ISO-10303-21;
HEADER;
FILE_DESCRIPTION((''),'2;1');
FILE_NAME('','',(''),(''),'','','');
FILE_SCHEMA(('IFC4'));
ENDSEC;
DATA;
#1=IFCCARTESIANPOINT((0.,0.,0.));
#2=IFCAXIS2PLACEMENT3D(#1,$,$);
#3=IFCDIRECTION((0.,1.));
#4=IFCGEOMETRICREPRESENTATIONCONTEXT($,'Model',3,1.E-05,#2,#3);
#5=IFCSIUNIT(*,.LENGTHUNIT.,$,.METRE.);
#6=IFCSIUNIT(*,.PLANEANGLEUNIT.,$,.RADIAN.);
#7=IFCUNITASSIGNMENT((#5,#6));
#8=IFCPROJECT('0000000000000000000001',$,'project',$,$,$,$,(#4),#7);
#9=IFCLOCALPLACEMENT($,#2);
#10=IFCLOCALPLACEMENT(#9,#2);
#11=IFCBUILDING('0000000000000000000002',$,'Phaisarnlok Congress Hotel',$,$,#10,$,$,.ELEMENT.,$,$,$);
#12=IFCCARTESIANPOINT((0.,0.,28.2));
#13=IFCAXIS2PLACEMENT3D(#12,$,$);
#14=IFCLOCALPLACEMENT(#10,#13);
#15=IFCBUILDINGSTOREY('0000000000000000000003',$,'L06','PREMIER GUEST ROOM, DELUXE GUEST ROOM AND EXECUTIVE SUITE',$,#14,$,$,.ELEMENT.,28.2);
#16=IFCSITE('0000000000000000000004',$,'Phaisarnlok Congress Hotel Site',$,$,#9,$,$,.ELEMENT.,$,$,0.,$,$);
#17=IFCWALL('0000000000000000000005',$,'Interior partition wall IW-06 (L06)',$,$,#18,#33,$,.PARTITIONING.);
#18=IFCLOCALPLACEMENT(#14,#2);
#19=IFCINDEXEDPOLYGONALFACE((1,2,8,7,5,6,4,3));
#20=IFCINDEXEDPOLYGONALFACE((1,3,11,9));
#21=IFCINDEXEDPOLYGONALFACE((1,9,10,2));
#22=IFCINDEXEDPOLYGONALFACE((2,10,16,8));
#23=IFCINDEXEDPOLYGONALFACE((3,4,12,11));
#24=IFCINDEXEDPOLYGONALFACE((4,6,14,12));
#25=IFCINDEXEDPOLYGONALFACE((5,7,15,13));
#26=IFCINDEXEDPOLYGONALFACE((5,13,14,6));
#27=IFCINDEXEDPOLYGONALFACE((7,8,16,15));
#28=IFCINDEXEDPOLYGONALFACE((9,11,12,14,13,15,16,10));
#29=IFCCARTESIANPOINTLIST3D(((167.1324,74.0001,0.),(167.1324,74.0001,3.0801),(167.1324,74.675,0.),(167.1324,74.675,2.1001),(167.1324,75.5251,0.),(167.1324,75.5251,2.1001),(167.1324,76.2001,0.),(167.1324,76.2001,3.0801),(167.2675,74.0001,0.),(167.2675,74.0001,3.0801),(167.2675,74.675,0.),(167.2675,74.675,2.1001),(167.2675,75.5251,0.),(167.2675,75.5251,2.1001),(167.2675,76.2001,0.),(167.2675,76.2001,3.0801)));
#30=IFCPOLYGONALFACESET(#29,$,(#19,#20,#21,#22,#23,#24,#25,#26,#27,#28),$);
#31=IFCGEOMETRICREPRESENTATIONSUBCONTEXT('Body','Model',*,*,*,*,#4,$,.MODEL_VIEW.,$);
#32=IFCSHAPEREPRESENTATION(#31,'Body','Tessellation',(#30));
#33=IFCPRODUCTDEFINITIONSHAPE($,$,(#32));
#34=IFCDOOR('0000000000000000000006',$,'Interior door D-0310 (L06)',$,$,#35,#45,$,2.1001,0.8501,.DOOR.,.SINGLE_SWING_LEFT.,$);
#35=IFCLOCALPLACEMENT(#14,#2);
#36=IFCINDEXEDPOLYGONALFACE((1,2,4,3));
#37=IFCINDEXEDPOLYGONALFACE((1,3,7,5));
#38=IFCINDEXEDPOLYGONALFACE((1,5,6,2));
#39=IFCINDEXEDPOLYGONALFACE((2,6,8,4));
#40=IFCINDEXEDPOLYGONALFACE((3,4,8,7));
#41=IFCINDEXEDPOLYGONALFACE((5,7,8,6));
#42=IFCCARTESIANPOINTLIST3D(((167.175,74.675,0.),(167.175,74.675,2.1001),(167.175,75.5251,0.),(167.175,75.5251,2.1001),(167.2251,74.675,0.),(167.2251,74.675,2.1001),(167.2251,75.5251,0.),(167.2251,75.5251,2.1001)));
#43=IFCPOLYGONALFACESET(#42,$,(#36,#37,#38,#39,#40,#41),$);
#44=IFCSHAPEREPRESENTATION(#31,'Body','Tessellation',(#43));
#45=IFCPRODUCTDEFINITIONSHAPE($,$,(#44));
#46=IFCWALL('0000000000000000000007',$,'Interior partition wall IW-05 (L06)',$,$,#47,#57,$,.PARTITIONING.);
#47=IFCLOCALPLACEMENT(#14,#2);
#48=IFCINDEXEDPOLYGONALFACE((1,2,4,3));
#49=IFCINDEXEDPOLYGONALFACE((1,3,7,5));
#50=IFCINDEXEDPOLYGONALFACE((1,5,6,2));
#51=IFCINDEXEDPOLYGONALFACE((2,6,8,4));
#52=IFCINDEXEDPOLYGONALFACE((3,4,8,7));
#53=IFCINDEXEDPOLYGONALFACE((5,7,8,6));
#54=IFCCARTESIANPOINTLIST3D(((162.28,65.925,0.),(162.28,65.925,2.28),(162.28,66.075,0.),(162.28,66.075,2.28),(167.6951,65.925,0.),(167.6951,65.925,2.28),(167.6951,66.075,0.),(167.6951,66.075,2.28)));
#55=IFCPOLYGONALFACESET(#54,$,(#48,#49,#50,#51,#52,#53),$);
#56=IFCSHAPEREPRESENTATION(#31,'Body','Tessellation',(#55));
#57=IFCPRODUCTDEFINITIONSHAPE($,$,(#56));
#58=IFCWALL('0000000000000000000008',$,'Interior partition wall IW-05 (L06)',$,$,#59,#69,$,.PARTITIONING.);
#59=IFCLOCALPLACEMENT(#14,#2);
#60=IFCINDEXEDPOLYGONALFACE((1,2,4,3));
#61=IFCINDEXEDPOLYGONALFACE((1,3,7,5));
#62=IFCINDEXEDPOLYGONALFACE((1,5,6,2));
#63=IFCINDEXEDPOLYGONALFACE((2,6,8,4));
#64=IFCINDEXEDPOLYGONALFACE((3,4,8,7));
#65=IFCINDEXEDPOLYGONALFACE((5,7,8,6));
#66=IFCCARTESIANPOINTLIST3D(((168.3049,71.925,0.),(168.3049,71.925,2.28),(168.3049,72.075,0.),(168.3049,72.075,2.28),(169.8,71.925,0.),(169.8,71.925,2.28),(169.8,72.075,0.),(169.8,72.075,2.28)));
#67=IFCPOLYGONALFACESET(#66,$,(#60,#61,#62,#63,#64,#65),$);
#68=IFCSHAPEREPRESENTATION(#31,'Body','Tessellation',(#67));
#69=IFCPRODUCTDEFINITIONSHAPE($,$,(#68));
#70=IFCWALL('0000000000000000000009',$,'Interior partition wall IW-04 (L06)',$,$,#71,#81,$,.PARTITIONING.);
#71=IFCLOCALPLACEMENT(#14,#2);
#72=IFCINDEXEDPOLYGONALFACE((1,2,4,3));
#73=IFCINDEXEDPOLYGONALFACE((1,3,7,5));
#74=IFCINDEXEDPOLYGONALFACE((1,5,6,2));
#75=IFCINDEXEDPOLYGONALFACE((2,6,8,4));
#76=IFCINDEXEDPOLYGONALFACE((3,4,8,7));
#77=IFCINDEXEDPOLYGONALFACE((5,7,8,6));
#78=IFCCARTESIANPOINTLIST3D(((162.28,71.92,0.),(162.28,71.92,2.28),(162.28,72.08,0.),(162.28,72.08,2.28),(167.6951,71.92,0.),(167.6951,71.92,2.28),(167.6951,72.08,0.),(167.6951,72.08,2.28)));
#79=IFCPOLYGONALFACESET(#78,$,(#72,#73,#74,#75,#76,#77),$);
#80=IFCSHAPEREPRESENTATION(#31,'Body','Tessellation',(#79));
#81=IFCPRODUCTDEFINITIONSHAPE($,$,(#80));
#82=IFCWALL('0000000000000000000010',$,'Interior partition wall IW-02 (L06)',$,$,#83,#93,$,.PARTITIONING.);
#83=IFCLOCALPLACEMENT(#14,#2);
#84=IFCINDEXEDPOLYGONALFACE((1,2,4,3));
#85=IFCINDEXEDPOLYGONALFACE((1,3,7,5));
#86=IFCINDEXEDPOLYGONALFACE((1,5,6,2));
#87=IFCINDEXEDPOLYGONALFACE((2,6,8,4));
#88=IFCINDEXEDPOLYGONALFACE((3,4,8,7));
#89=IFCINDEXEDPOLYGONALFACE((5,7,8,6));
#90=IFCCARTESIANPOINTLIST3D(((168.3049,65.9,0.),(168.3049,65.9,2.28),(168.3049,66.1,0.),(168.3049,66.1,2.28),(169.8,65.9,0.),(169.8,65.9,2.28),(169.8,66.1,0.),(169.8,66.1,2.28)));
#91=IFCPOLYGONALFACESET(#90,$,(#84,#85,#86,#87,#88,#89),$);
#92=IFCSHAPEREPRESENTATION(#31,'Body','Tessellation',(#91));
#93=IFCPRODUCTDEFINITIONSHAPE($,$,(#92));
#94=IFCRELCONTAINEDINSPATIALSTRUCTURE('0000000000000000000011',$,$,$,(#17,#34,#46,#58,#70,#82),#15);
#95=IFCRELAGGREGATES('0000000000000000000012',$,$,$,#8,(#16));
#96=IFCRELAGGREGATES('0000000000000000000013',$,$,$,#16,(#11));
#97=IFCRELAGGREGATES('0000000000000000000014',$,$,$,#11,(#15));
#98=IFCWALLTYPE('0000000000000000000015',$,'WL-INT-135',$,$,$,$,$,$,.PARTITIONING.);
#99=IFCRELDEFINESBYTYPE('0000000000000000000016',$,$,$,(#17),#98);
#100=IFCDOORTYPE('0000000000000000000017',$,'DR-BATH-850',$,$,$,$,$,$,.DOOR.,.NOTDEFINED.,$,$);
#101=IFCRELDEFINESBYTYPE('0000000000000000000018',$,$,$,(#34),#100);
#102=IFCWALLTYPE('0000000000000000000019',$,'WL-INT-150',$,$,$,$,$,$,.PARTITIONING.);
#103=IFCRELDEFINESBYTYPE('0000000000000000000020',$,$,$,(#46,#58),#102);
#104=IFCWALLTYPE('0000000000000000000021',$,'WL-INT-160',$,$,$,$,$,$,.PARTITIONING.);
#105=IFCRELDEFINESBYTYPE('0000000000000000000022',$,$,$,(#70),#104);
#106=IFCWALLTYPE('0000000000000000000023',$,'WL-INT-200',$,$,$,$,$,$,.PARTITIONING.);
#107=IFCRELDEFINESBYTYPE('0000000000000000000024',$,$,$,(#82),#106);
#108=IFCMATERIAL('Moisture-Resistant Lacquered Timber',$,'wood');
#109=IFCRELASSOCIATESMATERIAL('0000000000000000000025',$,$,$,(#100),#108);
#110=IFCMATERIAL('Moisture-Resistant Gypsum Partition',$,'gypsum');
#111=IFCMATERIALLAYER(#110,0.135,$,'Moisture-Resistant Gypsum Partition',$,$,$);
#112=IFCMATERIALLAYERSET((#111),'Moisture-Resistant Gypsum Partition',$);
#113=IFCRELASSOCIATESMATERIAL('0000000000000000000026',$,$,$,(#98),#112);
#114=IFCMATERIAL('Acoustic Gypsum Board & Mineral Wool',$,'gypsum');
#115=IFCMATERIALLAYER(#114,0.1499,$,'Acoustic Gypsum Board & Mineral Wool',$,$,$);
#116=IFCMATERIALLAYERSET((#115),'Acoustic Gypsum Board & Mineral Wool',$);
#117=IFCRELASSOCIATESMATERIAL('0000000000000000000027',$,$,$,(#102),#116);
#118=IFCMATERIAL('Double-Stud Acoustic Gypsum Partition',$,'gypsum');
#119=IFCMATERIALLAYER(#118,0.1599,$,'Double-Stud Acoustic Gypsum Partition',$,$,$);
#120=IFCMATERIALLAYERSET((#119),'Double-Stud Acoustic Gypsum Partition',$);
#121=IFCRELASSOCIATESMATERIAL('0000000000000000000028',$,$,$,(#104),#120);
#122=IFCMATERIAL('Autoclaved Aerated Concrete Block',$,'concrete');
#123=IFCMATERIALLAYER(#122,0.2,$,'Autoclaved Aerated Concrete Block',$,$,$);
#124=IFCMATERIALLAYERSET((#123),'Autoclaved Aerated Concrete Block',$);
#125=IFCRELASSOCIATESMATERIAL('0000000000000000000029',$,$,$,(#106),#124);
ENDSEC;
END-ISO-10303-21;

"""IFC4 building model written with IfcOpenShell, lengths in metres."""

from ifc_helpers import new_model, si_unit, direction, frame, frame_2d, origin, place, context, subcontext, project, spatial, rectangle, extrude, material, layer, layer_set, type_object, element, fill, save


model = new_model("IFC4")

# Units and contexts
model_context = context("Model", 3, precision=1e-05, world=origin(), true_north=direction((0.0, 1.0)))
body_context = subcontext(model_context, "Body", "Model", "MODEL_VIEW")
ifc_project = project(units=[si_unit("LENGTHUNIT", "METRE"), si_unit("PLANEANGLEUNIT", "RADIAN")], contexts=[model_context])

# Site, building, storey
site_placement = place(None, origin())
site = spatial("IfcSite", under=ifc_project, at=site_placement, Name="Phaisarnlok Congress Hotel Site", CompositionType="ELEMENT", RefElevation=0.0)
building_placement = place(site_placement, origin())
building = spatial("IfcBuilding", under=site, at=building_placement, Name="Phaisarnlok Congress Hotel", CompositionType="ELEMENT")
storey_placement = place(building_placement, frame((0.0, 0.0, 28.2)))
storey = spatial("IfcBuildingStorey", under=building, at=storey_placement, Name="L06", Description="PREMIER GUEST ROOM, DELUXE GUEST ROOM AND EXECUTIVE SUITE", CompositionType="ELEMENT", Elevation=28.2)

# Shared definitions
ifc_material_1 = material(Name="Moisture-Resistant Lacquered Timber", Category="wood")
door_type = type_object("IfcDoorType", Name="DR-BATH-850", OperationType="NOTDEFINED", PredefinedType="DOOR", material=ifc_material_1)

# Wall, opening, door
ifc_material_2 = material(Name="Moisture-Resistant Gypsum Partition", Category="gypsum")
ifc_layer_1 = layer(ifc_material_2, 0.135, Name="Moisture-Resistant Gypsum Partition")
ifc_layer_set_1 = layer_set([ifc_layer_1], Name="Moisture-Resistant Gypsum Partition")
wall_type_1 = type_object("IfcWallType", Name="WL-INT-135", PredefinedType="PARTITIONING", material=ifc_layer_set_1)
wall_1_placement = place(storey_placement, frame((167.2, 74.0, 0.0), z_axis=(0.0, 0.0, 1.0), x_axis=(0.0, 1.0, 0.0)))
wall_1 = element("IfcWall", 1, at=wall_1_placement, inside=storey, type_object=wall_type_1, Name="Interior partition wall IW-06 (L06)", PredefinedType="PARTITIONING", context=body_context, shape_type="SweptSolid", body=[
    extrude(rectangle(XDim=2.2, YDim=0.135, at=frame_2d((1.1001, 0.0))), origin(), (0.0, 0.0, 1.0), 3.0801),
])
opening_1_placement = place(wall_1_placement, frame((0.675, 0.0, 0.0)))
opening_1 = element("IfcOpeningElement", 2, at=opening_1_placement, cuts=wall_1, PredefinedType="OPENING", context=body_context, shape_type="SweptSolid", body=[
    extrude(rectangle(XDim=0.8501, YDim=2.1001, at=frame_2d((0.425, 1.05))), frame((0.0, 0.0776, 0.0), z_axis=(0.0, -1.0, 0.0), x_axis=(1.0, 0.0, 0.0)), (0.0, 0.0, 1.0), 0.155),
])
door_1_placement = place(opening_1_placement, origin())
door_1 = element("IfcDoor", 3, at=door_1_placement, inside=storey, type_object=door_type, Name="Interior door D-0310 (L06)", OperationType="SINGLE_SWING_LEFT", OverallHeight=2.1001, OverallWidth=0.8501, PredefinedType="DOOR", context=body_context, shape_type="SweptSolid", body=[
    extrude(rectangle(XDim=0.8501, YDim=2.1001, at=frame_2d((0.425, 1.05))), frame((0.0, 0.0249, 0.0), z_axis=(0.0, -1.0, 0.0), x_axis=(1.0, 0.0, 0.0)), (0.0, 0.0, 1.0), 0.05),
])
fill(opening_1, door_1)

# Walls
ifc_material_3 = material(Name="Acoustic Gypsum Board & Mineral Wool", Category="gypsum")
ifc_layer_2 = layer(ifc_material_3, 0.1499, Name="Acoustic Gypsum Board & Mineral Wool")
ifc_layer_set_2 = layer_set([ifc_layer_2], Name="Acoustic Gypsum Board & Mineral Wool")
wall_type_2 = type_object("IfcWallType", Name="WL-INT-150", PredefinedType="PARTITIONING", material=ifc_layer_set_2)
wall_2_placement = place(storey_placement, frame((162.28, 66.0, 0.0), z_axis=(0.0, 0.0, 1.0), x_axis=(1.0, 0.0, 0.0)))
element("IfcWall", 4, at=wall_2_placement, inside=storey, type_object=wall_type_2, Name="Interior partition wall IW-05 (L06)", PredefinedType="PARTITIONING", context=body_context, shape_type="SweptSolid", body=[
    extrude(rectangle(XDim=5.415, YDim=0.1499, at=frame_2d((2.7075, 0.0))), origin(), (0.0, 0.0, 1.0), 2.28),
])
wall_3_placement = place(storey_placement, frame((168.3049, 72.0, 0.0), z_axis=(0.0, 0.0, 1.0), x_axis=(1.0, 0.0, 0.0)))
element("IfcWall", 5, at=wall_3_placement, inside=storey, type_object=wall_type_2, Name="Interior partition wall IW-05 (L06)", PredefinedType="PARTITIONING", context=body_context, shape_type="SweptSolid", body=[
    extrude(rectangle(XDim=1.4951, YDim=0.1499, at=frame_2d((0.7476, 0.0))), origin(), (0.0, 0.0, 1.0), 2.28),
])
ifc_material_4 = material(Name="Double-Stud Acoustic Gypsum Partition", Category="gypsum")
ifc_layer_3 = layer(ifc_material_4, 0.1599, Name="Double-Stud Acoustic Gypsum Partition")
ifc_layer_set_3 = layer_set([ifc_layer_3], Name="Double-Stud Acoustic Gypsum Partition")
wall_type_3 = type_object("IfcWallType", Name="WL-INT-160", PredefinedType="PARTITIONING", material=ifc_layer_set_3)
wall_4_placement = place(storey_placement, frame((162.28, 72.0, 0.0), z_axis=(0.0, 0.0, 1.0), x_axis=(1.0, 0.0, 0.0)))
element("IfcWall", 6, at=wall_4_placement, inside=storey, type_object=wall_type_3, Name="Interior partition wall IW-04 (L06)", PredefinedType="PARTITIONING", context=body_context, shape_type="SweptSolid", body=[
    extrude(rectangle(XDim=5.415, YDim=0.1599, at=frame_2d((2.7075, 0.0))), origin(), (0.0, 0.0, 1.0), 2.28),
])
ifc_material_5 = material(Name="Autoclaved Aerated Concrete Block", Category="concrete")
ifc_layer_4 = layer(ifc_material_5, 0.2, Name="Autoclaved Aerated Concrete Block")
ifc_layer_set_4 = layer_set([ifc_layer_4], Name="Autoclaved Aerated Concrete Block")
wall_type_4 = type_object("IfcWallType", Name="WL-INT-200", PredefinedType="PARTITIONING", material=ifc_layer_set_4)
wall_5_placement = place(storey_placement, frame((168.3049, 66.0, 0.0), z_axis=(0.0, 0.0, 1.0), x_axis=(1.0, 0.0, 0.0)))
element("IfcWall", 7, at=wall_5_placement, inside=storey, type_object=wall_type_4, Name="Interior partition wall IW-02 (L06)", PredefinedType="PARTITIONING", context=body_context, shape_type="SweptSolid", body=[
    extrude(rectangle(XDim=1.4951, YDim=0.2, at=frame_2d((0.7476, 0.0))), origin(), (0.0, 0.0, 1.0), 2.28),
])

save(model, "model.ifc")
